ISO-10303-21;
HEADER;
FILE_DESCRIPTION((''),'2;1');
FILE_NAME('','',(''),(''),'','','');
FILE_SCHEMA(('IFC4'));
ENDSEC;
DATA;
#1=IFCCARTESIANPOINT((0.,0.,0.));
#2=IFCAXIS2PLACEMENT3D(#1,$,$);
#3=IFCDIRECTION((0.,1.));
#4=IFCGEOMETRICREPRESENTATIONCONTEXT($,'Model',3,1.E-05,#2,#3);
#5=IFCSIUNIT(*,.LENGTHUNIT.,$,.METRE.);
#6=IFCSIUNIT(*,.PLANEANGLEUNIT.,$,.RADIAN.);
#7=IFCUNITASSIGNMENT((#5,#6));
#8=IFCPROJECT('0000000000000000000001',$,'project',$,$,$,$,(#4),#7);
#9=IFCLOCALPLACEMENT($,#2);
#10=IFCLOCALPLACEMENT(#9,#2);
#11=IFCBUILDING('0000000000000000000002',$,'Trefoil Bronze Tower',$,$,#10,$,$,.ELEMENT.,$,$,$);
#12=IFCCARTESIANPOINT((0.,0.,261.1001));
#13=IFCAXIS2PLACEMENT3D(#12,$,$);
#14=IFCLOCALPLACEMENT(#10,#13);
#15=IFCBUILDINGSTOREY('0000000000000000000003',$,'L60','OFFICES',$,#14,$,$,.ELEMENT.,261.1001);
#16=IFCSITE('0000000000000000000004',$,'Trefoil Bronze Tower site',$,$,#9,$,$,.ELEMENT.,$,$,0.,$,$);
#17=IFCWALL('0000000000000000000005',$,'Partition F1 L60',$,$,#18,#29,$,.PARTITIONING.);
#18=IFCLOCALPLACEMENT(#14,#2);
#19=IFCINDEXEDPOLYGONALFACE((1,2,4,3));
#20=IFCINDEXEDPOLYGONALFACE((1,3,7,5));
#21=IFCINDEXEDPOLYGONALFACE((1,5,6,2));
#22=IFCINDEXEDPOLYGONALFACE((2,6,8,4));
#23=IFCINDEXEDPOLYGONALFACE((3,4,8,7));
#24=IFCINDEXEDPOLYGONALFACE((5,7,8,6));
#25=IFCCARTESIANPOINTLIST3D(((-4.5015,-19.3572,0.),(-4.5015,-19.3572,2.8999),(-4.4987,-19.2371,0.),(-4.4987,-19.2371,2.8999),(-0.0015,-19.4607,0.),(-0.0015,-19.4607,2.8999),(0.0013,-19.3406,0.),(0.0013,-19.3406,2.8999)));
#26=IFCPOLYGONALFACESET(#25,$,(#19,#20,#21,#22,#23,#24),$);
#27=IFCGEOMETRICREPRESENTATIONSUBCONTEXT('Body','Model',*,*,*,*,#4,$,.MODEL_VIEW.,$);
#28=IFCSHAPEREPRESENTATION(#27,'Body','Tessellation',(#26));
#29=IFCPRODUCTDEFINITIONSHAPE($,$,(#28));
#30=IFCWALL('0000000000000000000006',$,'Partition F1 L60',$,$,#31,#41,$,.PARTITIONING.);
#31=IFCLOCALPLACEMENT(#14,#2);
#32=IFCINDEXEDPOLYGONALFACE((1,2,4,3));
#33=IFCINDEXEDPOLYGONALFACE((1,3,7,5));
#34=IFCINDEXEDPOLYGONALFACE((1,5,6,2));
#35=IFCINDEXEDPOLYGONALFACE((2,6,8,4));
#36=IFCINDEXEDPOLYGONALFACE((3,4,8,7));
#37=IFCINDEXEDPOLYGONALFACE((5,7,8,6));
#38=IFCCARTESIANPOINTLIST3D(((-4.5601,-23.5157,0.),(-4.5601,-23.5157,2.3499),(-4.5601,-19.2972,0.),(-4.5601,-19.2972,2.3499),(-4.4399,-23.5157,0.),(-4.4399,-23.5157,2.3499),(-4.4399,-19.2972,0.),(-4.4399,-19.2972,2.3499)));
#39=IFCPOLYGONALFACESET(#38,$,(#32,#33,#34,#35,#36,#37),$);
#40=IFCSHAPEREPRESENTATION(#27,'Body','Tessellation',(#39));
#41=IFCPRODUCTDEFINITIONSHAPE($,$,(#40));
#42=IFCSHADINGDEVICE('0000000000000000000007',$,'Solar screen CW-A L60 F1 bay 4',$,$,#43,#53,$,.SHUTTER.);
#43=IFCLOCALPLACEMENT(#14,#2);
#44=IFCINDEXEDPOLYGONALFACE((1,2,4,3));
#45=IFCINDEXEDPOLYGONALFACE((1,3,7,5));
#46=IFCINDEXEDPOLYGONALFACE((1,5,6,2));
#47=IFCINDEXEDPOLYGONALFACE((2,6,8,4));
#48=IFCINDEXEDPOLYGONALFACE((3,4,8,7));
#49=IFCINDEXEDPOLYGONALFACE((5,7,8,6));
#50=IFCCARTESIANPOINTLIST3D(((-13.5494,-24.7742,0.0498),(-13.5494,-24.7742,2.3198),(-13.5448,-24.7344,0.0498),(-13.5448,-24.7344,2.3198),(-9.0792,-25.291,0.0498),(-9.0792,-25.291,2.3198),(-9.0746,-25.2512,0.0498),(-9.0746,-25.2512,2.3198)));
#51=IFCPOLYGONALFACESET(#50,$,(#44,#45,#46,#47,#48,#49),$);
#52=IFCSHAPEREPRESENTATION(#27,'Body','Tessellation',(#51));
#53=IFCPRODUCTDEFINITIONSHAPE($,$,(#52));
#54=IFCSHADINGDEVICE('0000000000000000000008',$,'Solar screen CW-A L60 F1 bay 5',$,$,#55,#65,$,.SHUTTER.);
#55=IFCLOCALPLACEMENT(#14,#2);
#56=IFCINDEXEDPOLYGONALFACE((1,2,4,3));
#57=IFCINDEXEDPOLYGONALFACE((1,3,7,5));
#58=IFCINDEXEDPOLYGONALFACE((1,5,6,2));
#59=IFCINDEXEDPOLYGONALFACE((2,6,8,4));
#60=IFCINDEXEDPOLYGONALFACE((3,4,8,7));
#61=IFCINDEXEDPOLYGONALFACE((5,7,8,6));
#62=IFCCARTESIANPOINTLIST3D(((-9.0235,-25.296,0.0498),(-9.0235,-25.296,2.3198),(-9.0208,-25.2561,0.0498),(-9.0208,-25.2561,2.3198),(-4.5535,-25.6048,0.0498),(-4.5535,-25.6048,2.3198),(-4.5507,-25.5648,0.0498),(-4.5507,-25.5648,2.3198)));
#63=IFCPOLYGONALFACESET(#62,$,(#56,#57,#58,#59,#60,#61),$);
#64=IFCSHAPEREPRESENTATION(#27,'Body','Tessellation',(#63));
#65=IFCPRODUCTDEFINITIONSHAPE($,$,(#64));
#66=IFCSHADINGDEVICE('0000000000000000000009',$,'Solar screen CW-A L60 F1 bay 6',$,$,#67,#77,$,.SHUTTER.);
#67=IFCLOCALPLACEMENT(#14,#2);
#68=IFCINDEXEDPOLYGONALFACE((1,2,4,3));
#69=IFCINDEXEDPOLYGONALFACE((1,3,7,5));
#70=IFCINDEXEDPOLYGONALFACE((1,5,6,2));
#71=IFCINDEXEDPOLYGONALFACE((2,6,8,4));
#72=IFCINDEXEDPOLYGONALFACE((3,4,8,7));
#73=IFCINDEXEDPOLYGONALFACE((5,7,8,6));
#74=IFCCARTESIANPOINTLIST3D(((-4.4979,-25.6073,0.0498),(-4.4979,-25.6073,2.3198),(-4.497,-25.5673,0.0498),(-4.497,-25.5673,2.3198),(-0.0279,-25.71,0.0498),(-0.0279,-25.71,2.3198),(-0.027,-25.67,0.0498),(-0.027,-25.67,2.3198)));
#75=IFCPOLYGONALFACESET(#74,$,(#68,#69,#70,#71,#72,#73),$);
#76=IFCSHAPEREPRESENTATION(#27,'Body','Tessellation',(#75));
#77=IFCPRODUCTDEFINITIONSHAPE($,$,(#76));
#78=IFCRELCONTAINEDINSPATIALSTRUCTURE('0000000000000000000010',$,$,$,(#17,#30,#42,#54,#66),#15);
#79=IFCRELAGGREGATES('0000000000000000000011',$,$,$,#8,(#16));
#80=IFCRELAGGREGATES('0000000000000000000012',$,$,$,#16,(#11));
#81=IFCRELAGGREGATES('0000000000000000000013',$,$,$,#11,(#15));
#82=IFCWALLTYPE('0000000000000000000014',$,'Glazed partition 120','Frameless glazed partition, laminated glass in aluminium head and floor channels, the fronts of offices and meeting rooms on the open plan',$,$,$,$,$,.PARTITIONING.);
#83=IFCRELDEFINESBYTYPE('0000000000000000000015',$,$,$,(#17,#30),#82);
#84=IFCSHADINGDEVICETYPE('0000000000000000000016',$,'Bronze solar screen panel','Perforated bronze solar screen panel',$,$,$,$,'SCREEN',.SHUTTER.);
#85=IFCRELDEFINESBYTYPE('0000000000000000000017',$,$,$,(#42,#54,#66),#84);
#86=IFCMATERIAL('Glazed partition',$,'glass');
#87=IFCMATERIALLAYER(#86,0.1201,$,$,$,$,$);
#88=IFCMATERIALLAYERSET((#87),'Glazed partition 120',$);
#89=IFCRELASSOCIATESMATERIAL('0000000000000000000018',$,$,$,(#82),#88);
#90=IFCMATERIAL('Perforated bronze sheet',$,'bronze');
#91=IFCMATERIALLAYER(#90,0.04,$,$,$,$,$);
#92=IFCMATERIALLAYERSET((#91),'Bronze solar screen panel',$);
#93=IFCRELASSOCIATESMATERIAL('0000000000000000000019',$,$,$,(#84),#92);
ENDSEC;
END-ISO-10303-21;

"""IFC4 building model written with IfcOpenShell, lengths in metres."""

from ifc_helpers import new_model, si_unit, direction, frame, frame_2d, origin, origin_2d, place, context, subcontext, project, spatial, rectangle, extrude, material, layer, layer_set, type_object, element, save


model = new_model("IFC4")

# Units and contexts
model_context = context("Model", 3, precision=1e-05, world=origin(), true_north=direction((0.0, 1.0)))
body_context = subcontext(model_context, "Body", "Model", "MODEL_VIEW")
ifc_project = project(units=[si_unit("LENGTHUNIT", "METRE"), si_unit("PLANEANGLEUNIT", "RADIAN")], contexts=[model_context])

# Site, building, storey
site_placement = place(None, origin())
site = spatial("IfcSite", under=ifc_project, at=site_placement, Name="Trefoil Bronze Tower site", CompositionType="ELEMENT", RefElevation=0.0)
building_placement = place(site_placement, origin())
building = spatial("IfcBuilding", under=site, at=building_placement, Name="Trefoil Bronze Tower", CompositionType="ELEMENT")
storey_placement = place(building_placement, frame((0.0, 0.0, 261.1001)))
storey = spatial("IfcBuildingStorey", under=building, at=storey_placement, Name="L60", Description="OFFICES", CompositionType="ELEMENT", Elevation=261.1001)

# Shared definitions
ifc_material_1 = material(Name="Glazed partition", Category="glass")
ifc_layer_1 = layer(ifc_material_1, 0.1201)
ifc_layer_set_1 = layer_set([ifc_layer_1], Name="Glazed partition 120")
wall_type = type_object("IfcWallType", Name="Glazed partition 120", Description="Frameless glazed partition, laminated glass in aluminium head and floor channels, the fronts of offices and meeting rooms on the open plan", PredefinedType="PARTITIONING", material=ifc_layer_set_1)

# Walls
wall_1_placement = place(storey_placement, frame((-4.5, -19.2971, 0.0), z_axis=(0.0, 0.0, 1.0), x_axis=(0.999736, -0.022997, 0.0)))
element("IfcWall", 1, at=wall_1_placement, inside=storey, type_object=wall_type, Name="Partition F1 L60", PredefinedType="PARTITIONING", context=body_context, shape_type="SweptSolid", body=[
    extrude(rectangle(XDim=4.5012, YDim=0.1201, at=frame_2d((2.2505, 0.0))), origin(), (0.0, 0.0, 1.0), 2.8999),
])
wall_2_placement = place(storey_placement, frame((-4.5, -19.2971, 0.0), z_axis=(0.0, 0.0, 1.0), x_axis=(0.0, -1.0, 0.0)))
element("IfcWall", 2, at=wall_2_placement, inside=storey, type_object=wall_type, Name="Partition F1 L60", PredefinedType="PARTITIONING", context=body_context, shape_type="SweptSolid", body=[
    extrude(rectangle(XDim=4.2185, YDim=0.1201, at=frame_2d((2.1094, 0.0))), origin(), (0.0, 0.0, 1.0), 2.3499),
])

# Shading devices
ifc_material_2 = material(Name="Perforated bronze sheet", Category="bronze")
ifc_layer_2 = layer(ifc_material_2, 0.04)
ifc_layer_set_2 = layer_set([ifc_layer_2], Name="Bronze solar screen panel")
shading_device_type = type_object("IfcShadingDeviceType", Name="Bronze solar screen panel", Description="Perforated bronze solar screen panel", ElementType="SCREEN", PredefinedType="SHUTTER", material=ifc_layer_set_2)
shading_device_1_placement = place(storey_placement, frame((-11.312, -25.0127, 0.0498), z_axis=(0.0, 0.0, 1.0), x_axis=(0.993382, -0.114859, 0.0)))
element("IfcShadingDevice", 3, at=shading_device_1_placement, inside=storey, type_object=shading_device_type, Name="Solar screen CW-A L60 F1 bay 4", PredefinedType="SHUTTER", context=body_context, shape_type="SweptSolid", body=[
    extrude(rectangle(XDim=4.5, YDim=0.04, at=origin_2d()), origin(), (0.0, 0.0, 1.0), 2.27),
])
shading_device_2_placement = place(storey_placement, frame((-6.7871, -25.4304, 0.0498), z_axis=(0.0, 0.0, 1.0), x_axis=(0.997623, -0.068915, 0.0)))
element("IfcShadingDevice", 4, at=shading_device_2_placement, inside=storey, type_object=shading_device_type, Name="Solar screen CW-A L60 F1 bay 5", PredefinedType="SHUTTER", context=body_context, shape_type="SweptSolid", body=[
    extrude(rectangle(XDim=4.4807, YDim=0.04, at=origin_2d()), origin(), (0.0, 0.0, 1.0), 2.27),
])
shading_device_3_placement = place(storey_placement, frame((-2.2625, -25.6387, 0.0498), z_axis=(0.0, 0.0, 1.0), x_axis=(0.999736, -0.022972, 0.0)))
element("IfcShadingDevice", 5, at=shading_device_3_placement, inside=storey, type_object=shading_device_type, Name="Solar screen CW-A L60 F1 bay 6", PredefinedType="SHUTTER", context=body_context, shape_type="SweptSolid", body=[
    extrude(rectangle(XDim=4.4712, YDim=0.04, at=origin_2d()), origin(), (0.0, 0.0, 1.0), 2.27),
])

save(model, "model.ifc")
